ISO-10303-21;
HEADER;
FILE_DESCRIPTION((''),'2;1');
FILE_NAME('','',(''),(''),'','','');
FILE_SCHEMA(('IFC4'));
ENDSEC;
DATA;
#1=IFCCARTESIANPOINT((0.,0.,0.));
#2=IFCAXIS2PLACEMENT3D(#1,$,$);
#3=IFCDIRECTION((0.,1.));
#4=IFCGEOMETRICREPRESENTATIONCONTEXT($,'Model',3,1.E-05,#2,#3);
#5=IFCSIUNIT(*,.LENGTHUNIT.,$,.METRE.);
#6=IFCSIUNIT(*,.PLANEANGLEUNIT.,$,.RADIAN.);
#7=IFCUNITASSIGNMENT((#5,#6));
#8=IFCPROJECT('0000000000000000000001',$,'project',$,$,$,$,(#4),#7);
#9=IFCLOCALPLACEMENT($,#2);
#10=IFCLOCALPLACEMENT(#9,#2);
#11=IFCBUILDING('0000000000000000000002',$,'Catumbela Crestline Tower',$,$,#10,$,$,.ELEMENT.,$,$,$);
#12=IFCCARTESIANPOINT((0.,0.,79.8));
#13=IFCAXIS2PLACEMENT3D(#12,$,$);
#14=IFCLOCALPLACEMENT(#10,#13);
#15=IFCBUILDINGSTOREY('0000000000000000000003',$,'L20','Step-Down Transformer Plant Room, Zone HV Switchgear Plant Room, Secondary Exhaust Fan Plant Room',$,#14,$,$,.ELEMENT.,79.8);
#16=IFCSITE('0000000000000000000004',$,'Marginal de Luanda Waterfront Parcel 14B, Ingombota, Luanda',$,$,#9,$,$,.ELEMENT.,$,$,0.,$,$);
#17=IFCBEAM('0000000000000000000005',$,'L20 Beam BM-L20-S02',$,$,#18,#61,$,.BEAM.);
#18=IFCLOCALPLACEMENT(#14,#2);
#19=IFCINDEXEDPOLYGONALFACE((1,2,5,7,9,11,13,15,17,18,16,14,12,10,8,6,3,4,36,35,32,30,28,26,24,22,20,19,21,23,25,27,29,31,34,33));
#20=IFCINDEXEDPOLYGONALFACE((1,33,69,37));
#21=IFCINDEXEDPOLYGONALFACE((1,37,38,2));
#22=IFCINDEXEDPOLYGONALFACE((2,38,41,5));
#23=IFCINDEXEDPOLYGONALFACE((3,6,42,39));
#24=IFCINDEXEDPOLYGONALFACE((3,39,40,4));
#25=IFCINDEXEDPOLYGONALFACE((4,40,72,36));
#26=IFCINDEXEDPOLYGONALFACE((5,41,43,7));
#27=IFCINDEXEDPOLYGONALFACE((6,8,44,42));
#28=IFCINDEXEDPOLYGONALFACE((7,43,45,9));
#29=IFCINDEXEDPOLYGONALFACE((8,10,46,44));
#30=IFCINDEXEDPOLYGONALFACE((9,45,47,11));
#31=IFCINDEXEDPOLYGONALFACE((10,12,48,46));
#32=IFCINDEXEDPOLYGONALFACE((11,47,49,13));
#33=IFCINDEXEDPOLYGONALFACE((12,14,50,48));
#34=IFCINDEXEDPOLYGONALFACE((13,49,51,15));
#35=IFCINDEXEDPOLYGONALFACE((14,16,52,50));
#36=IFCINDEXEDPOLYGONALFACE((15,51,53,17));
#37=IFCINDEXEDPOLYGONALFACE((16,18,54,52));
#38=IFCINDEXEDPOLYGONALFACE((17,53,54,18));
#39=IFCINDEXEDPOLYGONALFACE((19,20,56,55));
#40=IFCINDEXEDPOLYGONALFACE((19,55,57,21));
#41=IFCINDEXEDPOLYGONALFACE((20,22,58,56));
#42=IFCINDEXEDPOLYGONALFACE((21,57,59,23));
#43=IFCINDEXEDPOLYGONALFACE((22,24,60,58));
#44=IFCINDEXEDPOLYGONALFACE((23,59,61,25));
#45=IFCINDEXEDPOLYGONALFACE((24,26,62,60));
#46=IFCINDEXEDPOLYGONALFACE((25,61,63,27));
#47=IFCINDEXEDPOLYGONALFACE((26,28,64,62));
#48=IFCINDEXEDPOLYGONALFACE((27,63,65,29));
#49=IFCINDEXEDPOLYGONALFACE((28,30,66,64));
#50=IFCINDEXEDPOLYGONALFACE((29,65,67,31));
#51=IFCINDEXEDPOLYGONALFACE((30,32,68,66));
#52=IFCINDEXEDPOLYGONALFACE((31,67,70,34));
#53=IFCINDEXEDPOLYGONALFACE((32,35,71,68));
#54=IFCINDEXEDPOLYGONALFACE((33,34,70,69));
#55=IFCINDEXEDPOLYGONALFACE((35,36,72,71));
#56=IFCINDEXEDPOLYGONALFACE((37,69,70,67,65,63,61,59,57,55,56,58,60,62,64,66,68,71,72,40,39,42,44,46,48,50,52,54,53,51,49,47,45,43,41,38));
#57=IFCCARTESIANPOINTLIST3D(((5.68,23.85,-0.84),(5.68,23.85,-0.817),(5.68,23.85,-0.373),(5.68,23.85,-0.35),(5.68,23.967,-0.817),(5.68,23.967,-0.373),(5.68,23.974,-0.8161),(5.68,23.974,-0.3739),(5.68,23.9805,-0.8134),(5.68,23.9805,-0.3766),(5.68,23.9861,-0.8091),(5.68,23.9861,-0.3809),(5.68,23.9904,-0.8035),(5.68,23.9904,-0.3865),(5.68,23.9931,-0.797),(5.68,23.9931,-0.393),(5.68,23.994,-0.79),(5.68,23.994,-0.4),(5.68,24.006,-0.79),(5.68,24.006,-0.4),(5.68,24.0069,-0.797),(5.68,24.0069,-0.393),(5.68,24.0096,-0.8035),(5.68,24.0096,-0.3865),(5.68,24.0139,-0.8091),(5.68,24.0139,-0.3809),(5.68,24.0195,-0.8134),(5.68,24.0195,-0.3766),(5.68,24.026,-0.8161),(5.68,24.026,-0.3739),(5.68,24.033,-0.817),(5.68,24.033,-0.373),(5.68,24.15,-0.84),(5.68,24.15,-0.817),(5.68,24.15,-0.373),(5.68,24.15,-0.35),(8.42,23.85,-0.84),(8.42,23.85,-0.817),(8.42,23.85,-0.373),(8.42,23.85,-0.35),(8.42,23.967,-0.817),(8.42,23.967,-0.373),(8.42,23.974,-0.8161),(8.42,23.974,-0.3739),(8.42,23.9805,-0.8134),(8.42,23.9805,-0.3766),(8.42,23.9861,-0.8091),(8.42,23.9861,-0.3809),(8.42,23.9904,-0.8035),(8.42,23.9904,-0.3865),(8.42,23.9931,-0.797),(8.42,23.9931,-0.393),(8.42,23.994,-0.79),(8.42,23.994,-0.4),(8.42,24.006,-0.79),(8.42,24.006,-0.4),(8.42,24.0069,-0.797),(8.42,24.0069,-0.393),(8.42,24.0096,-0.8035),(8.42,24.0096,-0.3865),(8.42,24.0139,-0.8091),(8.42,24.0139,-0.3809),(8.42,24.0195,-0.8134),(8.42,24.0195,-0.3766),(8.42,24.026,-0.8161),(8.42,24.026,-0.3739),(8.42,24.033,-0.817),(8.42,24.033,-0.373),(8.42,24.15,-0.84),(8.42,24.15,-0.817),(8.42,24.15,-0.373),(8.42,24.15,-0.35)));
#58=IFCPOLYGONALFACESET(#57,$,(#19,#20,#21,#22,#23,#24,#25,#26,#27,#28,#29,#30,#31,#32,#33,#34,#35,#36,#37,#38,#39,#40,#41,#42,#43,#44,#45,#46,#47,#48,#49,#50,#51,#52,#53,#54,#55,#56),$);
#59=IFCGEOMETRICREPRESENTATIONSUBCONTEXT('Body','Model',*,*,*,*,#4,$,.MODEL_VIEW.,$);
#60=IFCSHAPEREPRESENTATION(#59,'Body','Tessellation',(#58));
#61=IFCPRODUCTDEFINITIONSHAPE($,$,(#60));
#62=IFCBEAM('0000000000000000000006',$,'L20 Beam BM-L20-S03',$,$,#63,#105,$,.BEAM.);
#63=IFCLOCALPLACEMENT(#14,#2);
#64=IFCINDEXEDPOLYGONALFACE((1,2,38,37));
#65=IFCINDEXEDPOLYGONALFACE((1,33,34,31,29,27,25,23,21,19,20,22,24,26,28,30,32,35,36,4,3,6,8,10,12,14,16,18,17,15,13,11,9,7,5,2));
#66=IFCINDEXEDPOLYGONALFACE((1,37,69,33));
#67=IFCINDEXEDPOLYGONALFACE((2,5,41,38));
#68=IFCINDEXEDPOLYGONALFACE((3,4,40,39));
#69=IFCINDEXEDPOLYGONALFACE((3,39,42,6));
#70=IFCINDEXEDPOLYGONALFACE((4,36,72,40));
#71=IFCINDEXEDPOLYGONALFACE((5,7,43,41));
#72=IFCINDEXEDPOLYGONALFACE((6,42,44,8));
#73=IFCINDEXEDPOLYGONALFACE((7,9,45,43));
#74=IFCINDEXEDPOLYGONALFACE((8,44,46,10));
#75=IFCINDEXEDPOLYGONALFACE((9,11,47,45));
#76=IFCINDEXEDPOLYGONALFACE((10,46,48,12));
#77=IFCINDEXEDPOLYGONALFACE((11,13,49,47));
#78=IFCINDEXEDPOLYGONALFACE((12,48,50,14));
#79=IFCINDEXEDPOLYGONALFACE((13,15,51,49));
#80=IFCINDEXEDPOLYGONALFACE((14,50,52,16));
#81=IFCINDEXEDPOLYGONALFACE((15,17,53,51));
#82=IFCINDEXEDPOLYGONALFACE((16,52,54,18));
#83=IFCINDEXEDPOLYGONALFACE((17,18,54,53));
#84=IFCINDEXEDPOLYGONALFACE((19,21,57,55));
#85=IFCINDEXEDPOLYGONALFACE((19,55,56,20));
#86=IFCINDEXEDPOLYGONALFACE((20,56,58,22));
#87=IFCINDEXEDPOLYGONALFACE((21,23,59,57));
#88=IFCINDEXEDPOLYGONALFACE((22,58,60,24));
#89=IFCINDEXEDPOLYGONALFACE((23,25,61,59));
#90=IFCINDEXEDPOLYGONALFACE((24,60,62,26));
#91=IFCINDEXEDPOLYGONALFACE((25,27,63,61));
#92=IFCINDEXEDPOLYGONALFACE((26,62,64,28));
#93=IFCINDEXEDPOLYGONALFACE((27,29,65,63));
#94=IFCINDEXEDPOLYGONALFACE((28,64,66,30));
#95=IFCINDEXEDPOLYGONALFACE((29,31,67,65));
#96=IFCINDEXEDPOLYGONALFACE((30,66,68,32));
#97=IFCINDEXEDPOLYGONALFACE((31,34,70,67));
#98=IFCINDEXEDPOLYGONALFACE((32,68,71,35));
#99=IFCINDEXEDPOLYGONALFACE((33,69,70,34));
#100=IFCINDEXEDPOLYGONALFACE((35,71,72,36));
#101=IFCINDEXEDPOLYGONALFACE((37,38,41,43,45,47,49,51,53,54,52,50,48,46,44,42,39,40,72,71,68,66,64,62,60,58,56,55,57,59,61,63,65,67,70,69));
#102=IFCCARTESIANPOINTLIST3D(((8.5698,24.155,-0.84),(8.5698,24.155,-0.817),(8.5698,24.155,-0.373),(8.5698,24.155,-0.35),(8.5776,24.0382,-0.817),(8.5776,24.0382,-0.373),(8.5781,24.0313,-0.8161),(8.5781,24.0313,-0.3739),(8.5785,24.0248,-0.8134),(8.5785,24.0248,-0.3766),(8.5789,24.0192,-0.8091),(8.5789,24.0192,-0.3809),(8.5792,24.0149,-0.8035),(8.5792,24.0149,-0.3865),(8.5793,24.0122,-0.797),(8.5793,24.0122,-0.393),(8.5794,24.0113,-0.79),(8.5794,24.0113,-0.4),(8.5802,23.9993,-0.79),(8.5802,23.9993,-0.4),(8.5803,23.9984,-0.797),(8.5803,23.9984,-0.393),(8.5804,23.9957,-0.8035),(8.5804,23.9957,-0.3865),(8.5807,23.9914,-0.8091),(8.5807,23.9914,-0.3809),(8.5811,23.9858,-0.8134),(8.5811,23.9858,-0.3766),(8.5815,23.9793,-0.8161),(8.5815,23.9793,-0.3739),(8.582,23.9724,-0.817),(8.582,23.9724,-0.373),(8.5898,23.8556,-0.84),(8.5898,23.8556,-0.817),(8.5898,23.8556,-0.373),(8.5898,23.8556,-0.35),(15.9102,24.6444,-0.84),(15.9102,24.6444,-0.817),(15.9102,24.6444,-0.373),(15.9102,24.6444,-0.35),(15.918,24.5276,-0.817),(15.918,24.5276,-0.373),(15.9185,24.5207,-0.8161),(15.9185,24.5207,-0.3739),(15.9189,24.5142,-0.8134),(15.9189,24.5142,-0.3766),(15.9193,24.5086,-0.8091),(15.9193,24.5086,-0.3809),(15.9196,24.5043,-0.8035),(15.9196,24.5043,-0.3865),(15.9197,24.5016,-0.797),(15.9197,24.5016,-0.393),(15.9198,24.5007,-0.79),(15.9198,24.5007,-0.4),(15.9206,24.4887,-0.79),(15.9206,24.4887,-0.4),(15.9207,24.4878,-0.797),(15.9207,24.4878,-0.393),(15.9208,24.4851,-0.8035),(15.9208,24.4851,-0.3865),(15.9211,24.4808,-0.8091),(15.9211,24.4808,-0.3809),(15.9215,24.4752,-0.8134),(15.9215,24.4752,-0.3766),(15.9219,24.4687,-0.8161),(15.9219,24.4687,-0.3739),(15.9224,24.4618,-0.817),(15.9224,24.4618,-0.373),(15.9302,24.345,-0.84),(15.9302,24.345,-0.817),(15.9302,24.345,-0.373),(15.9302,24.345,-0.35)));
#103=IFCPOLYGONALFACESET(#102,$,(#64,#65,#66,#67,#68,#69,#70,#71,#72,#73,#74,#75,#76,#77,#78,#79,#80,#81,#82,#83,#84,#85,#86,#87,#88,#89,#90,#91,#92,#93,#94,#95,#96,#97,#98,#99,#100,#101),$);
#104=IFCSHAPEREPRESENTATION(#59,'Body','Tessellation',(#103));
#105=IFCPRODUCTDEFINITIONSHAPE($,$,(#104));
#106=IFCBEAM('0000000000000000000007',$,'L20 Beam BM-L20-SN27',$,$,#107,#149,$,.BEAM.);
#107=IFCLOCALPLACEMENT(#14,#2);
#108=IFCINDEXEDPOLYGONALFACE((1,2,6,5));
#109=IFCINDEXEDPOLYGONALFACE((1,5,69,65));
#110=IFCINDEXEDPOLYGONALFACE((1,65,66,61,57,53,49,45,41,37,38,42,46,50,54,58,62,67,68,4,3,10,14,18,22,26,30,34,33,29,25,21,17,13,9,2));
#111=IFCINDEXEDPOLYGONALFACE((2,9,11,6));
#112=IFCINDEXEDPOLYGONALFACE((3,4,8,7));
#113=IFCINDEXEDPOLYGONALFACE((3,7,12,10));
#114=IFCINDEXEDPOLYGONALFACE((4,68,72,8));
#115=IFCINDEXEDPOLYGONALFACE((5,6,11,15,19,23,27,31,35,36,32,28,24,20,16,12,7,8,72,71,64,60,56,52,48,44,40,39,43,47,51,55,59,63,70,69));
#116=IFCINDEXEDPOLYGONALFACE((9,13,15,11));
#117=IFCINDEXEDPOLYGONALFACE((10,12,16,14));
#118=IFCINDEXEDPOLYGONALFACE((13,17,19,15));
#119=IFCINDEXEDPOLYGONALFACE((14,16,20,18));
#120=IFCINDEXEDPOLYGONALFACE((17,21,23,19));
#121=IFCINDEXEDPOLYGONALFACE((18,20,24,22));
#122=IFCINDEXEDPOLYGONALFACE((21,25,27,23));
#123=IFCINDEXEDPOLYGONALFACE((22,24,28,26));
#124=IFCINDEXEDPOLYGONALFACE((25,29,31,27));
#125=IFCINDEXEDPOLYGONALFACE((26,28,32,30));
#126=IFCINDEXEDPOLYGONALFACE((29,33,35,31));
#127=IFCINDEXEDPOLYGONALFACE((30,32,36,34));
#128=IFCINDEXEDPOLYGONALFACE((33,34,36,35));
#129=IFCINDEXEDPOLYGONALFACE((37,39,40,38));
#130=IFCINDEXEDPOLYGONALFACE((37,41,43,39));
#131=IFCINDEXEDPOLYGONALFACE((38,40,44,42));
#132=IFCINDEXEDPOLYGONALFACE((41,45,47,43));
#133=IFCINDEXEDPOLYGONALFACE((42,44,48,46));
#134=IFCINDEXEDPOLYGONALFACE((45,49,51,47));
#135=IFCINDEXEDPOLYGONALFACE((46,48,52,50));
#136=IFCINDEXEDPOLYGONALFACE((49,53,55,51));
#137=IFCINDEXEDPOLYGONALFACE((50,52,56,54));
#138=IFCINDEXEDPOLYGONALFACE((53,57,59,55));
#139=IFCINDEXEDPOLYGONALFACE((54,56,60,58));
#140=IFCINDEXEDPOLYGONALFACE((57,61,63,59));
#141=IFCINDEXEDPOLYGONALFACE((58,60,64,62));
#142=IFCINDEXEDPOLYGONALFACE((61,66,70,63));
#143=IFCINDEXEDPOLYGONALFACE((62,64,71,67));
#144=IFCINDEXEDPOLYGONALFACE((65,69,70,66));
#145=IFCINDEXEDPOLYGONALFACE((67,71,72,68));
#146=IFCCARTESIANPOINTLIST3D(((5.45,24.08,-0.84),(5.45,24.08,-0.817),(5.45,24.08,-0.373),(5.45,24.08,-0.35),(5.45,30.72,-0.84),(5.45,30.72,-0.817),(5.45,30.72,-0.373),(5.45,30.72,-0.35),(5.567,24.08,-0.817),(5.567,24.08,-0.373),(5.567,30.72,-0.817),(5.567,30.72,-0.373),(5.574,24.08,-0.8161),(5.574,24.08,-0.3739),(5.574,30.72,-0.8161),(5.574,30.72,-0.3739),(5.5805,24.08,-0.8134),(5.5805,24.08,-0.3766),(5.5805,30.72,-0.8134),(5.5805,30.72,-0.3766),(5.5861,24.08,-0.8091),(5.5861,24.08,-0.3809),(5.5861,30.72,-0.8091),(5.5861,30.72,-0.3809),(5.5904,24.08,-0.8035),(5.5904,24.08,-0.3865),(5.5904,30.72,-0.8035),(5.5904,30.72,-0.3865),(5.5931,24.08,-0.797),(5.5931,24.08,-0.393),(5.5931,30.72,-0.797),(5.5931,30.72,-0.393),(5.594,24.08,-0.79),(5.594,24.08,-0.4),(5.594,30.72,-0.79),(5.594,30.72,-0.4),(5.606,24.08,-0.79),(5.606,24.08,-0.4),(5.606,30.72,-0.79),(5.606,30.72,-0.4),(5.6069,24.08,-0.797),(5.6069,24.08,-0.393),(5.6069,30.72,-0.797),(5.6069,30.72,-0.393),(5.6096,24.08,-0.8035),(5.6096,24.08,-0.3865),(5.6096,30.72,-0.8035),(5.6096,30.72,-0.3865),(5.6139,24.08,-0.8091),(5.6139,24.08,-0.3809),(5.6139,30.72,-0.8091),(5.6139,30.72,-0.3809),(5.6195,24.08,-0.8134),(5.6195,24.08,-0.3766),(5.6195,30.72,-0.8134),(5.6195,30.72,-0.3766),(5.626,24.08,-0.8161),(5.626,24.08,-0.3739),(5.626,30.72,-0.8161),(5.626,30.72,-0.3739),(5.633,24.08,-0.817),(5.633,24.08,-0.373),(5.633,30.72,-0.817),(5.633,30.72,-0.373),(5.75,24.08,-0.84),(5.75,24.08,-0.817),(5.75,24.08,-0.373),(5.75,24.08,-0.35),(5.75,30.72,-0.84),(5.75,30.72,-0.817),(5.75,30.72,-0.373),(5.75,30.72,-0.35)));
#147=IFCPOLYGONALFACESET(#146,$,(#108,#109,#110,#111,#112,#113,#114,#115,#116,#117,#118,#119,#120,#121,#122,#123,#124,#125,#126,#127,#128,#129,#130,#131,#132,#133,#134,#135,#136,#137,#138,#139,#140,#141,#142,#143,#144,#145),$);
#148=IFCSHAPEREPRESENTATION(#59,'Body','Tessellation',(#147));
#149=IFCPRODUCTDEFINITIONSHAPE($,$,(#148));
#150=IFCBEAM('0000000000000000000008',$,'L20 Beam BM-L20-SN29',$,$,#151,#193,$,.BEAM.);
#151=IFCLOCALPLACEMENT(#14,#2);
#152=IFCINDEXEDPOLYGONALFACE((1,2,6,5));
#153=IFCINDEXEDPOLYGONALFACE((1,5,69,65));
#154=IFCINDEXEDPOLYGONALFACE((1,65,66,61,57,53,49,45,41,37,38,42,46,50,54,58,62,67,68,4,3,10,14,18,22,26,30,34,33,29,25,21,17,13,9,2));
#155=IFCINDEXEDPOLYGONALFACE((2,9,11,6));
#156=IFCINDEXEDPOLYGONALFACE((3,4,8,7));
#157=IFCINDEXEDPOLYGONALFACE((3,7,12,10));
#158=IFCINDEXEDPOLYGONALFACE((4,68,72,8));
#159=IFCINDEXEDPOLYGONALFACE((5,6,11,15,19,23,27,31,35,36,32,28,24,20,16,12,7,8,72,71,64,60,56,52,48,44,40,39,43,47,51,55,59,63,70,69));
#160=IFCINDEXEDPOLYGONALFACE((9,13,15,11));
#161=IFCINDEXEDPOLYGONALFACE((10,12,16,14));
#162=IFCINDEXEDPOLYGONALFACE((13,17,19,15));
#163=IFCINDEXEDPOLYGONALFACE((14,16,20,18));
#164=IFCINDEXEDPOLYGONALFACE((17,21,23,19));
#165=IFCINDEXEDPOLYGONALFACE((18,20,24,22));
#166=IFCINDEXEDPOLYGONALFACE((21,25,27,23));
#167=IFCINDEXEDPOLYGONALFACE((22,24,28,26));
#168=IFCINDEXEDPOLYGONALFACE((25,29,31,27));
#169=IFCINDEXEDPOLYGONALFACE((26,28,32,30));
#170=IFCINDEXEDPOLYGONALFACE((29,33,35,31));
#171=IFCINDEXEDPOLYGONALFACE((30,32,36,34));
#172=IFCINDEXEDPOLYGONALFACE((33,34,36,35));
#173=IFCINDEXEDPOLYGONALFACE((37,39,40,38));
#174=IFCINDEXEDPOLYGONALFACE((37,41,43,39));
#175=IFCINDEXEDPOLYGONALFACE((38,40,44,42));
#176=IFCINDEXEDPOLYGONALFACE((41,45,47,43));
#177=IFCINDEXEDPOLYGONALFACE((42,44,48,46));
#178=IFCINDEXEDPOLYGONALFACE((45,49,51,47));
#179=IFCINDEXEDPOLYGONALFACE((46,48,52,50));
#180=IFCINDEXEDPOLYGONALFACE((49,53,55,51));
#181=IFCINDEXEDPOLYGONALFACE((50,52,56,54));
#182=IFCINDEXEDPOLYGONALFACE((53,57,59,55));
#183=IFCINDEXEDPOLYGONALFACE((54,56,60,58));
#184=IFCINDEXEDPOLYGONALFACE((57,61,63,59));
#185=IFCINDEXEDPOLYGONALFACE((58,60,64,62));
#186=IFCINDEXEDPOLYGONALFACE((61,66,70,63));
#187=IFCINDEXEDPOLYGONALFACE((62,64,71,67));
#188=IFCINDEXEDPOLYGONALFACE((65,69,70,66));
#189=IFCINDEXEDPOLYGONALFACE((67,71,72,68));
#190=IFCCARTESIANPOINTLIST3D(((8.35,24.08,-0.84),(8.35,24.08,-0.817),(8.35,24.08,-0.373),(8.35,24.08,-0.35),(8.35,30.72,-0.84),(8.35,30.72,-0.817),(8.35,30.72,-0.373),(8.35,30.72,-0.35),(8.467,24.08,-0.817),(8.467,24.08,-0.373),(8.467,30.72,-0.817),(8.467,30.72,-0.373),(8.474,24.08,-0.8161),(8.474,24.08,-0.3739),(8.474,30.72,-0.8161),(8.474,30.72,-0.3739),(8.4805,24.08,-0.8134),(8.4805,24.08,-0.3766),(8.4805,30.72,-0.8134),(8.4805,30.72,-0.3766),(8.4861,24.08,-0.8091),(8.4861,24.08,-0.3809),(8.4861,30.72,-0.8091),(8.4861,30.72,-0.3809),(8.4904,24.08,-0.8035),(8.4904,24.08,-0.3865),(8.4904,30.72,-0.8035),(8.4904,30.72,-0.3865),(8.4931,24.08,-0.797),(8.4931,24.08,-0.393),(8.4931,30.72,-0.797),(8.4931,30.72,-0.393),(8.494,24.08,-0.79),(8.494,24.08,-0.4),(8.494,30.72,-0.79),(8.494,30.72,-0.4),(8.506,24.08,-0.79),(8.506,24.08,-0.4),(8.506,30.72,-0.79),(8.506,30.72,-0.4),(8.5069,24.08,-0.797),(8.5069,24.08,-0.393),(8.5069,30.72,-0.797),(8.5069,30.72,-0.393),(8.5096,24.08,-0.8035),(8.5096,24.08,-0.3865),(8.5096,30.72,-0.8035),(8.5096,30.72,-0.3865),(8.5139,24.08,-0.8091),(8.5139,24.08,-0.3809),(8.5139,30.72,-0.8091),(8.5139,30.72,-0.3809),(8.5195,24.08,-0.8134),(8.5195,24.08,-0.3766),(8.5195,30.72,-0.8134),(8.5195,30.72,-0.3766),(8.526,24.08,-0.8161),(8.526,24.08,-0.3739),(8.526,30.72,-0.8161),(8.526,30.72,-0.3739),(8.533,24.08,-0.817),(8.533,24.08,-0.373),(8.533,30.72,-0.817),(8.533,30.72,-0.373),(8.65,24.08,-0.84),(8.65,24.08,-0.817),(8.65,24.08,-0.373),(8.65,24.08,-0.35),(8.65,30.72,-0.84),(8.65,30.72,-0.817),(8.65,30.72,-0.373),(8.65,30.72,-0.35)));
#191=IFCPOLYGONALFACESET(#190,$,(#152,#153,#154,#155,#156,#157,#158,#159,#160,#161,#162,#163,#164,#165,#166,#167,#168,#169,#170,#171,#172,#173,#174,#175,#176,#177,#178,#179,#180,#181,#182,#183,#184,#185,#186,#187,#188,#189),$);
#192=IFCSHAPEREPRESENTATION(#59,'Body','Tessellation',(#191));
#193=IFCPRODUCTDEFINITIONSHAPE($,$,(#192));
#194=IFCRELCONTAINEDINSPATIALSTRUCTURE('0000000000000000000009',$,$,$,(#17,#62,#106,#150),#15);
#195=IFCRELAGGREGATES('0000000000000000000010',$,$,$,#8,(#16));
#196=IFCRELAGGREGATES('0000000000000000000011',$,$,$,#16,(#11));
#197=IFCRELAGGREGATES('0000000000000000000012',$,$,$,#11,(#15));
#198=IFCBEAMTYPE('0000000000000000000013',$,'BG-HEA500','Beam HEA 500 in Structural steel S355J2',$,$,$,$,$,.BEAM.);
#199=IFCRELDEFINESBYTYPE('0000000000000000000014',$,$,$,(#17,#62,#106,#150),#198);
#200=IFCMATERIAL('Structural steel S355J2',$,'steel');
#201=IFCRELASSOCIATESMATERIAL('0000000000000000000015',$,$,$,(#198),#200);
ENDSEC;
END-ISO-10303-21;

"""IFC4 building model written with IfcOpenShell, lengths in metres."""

from ifc_helpers import new_model, si_unit, direction, frame, origin, origin_2d, place, context, subcontext, project, spatial, i_section, extrude, material, material_profile, profile_set, type_object, element, save


model = new_model("IFC4")

# Units and contexts
model_context = context("Model", 3, precision=1e-05, world=origin(), true_north=direction((0.0, 1.0)))
body_context = subcontext(model_context, "Body", "Model", "MODEL_VIEW")
ifc_project = project(units=[si_unit("LENGTHUNIT", "METRE"), si_unit("PLANEANGLEUNIT", "RADIAN")], contexts=[model_context])

# Site, building, storey
site_placement = place(None, origin())
site = spatial("IfcSite", under=ifc_project, at=site_placement, Name="Marginal de Luanda Waterfront Parcel 14B, Ingombota, Luanda", CompositionType="ELEMENT", RefElevation=0.0)
building_placement = place(site_placement, origin())
building = spatial("IfcBuilding", under=site, at=building_placement, Name="Catumbela Crestline Tower", CompositionType="ELEMENT")
storey_placement = place(building_placement, frame((0.0, 0.0, 79.8)))
storey = spatial("IfcBuildingStorey", under=building, at=storey_placement, Name="L20", Description="Step-Down Transformer Plant Room, Zone HV Switchgear Plant Room, Secondary Exhaust Fan Plant Room", CompositionType="ELEMENT", Elevation=79.8)

# Beams
ifc_material_1 = material(Name="Structural steel S355J2", Category="steel")
ifc_material_profile_1 = material_profile(ifc_material_1, i_section(OverallWidth=0.3, OverallDepth=0.49, WebThickness=0.012, FlangeThickness=0.023, FilletRadius=0.027, at=origin_2d()), Name="HEA 500")
ifc_profile_set_1 = profile_set([ifc_material_profile_1], Name="Structural steel S355J2")
beam_type_1 = type_object("IfcBeamType", Name="BG-HEA500", Description="Beam HEA 500 in Structural steel S355J2", PredefinedType="BEAM", material=ifc_profile_set_1)
beam_1_placement = place(storey_placement, frame((5.68, 24.0, -0.595), z_axis=(1.0, 0.0, 0.0), x_axis=(0.0, 1.0, 0.0)))
element("IfcBeam", 1, at=beam_1_placement, inside=storey, type_object=beam_type_1, Name="L20 Beam BM-L20-S02", PredefinedType="BEAM", context=body_context, shape_type="SweptSolid", body=[
    extrude(i_section(OverallWidth=0.3, OverallDepth=0.49, WebThickness=0.012, FlangeThickness=0.023, FilletRadius=0.027, at=origin_2d()), origin(), (0.0, 0.0, 1.0), 2.74),
])
beam_2_placement = place(storey_placement, frame((8.5798, 24.0053, -0.595), z_axis=(0.997785, 0.066524, 0.0), x_axis=(-0.066524, 0.997785, 0.0)))
element("IfcBeam", 2, at=beam_2_placement, inside=storey, type_object=beam_type_1, Name="L20 Beam BM-L20-S03", PredefinedType="BEAM", context=body_context, shape_type="SweptSolid", body=[
    extrude(i_section(OverallWidth=0.3, OverallDepth=0.49, WebThickness=0.012, FlangeThickness=0.023, FilletRadius=0.027, at=origin_2d()), origin(), (0.0, 0.0, 1.0), 7.3567),
])
for number, where, z_axis, x_axis, name in (
    (3, (5.6, 24.08, -0.595), (0.0, 1.0, 0.0), (-1.0, 0.0, 0.0), "L20 Beam BM-L20-SN27"),
    (4, (8.5, 24.08, -0.595), (0.0, 1.0, 0.0), (-1.0, 0.0, 0.0), "L20 Beam BM-L20-SN29"),
):
    element("IfcBeam", number, at=place(storey_placement, frame(where, z_axis=z_axis, x_axis=x_axis)), inside=storey, type_object=beam_type_1, Name=name, PredefinedType="BEAM", context=body_context, shape_type="SweptSolid", body=[
        extrude(i_section(OverallWidth=0.3, OverallDepth=0.49, WebThickness=0.012, FlangeThickness=0.023, FilletRadius=0.027, at=origin_2d()), origin(), (0.0, 0.0, 1.0), 6.64),
    ])

save(model, "model.ifc")
